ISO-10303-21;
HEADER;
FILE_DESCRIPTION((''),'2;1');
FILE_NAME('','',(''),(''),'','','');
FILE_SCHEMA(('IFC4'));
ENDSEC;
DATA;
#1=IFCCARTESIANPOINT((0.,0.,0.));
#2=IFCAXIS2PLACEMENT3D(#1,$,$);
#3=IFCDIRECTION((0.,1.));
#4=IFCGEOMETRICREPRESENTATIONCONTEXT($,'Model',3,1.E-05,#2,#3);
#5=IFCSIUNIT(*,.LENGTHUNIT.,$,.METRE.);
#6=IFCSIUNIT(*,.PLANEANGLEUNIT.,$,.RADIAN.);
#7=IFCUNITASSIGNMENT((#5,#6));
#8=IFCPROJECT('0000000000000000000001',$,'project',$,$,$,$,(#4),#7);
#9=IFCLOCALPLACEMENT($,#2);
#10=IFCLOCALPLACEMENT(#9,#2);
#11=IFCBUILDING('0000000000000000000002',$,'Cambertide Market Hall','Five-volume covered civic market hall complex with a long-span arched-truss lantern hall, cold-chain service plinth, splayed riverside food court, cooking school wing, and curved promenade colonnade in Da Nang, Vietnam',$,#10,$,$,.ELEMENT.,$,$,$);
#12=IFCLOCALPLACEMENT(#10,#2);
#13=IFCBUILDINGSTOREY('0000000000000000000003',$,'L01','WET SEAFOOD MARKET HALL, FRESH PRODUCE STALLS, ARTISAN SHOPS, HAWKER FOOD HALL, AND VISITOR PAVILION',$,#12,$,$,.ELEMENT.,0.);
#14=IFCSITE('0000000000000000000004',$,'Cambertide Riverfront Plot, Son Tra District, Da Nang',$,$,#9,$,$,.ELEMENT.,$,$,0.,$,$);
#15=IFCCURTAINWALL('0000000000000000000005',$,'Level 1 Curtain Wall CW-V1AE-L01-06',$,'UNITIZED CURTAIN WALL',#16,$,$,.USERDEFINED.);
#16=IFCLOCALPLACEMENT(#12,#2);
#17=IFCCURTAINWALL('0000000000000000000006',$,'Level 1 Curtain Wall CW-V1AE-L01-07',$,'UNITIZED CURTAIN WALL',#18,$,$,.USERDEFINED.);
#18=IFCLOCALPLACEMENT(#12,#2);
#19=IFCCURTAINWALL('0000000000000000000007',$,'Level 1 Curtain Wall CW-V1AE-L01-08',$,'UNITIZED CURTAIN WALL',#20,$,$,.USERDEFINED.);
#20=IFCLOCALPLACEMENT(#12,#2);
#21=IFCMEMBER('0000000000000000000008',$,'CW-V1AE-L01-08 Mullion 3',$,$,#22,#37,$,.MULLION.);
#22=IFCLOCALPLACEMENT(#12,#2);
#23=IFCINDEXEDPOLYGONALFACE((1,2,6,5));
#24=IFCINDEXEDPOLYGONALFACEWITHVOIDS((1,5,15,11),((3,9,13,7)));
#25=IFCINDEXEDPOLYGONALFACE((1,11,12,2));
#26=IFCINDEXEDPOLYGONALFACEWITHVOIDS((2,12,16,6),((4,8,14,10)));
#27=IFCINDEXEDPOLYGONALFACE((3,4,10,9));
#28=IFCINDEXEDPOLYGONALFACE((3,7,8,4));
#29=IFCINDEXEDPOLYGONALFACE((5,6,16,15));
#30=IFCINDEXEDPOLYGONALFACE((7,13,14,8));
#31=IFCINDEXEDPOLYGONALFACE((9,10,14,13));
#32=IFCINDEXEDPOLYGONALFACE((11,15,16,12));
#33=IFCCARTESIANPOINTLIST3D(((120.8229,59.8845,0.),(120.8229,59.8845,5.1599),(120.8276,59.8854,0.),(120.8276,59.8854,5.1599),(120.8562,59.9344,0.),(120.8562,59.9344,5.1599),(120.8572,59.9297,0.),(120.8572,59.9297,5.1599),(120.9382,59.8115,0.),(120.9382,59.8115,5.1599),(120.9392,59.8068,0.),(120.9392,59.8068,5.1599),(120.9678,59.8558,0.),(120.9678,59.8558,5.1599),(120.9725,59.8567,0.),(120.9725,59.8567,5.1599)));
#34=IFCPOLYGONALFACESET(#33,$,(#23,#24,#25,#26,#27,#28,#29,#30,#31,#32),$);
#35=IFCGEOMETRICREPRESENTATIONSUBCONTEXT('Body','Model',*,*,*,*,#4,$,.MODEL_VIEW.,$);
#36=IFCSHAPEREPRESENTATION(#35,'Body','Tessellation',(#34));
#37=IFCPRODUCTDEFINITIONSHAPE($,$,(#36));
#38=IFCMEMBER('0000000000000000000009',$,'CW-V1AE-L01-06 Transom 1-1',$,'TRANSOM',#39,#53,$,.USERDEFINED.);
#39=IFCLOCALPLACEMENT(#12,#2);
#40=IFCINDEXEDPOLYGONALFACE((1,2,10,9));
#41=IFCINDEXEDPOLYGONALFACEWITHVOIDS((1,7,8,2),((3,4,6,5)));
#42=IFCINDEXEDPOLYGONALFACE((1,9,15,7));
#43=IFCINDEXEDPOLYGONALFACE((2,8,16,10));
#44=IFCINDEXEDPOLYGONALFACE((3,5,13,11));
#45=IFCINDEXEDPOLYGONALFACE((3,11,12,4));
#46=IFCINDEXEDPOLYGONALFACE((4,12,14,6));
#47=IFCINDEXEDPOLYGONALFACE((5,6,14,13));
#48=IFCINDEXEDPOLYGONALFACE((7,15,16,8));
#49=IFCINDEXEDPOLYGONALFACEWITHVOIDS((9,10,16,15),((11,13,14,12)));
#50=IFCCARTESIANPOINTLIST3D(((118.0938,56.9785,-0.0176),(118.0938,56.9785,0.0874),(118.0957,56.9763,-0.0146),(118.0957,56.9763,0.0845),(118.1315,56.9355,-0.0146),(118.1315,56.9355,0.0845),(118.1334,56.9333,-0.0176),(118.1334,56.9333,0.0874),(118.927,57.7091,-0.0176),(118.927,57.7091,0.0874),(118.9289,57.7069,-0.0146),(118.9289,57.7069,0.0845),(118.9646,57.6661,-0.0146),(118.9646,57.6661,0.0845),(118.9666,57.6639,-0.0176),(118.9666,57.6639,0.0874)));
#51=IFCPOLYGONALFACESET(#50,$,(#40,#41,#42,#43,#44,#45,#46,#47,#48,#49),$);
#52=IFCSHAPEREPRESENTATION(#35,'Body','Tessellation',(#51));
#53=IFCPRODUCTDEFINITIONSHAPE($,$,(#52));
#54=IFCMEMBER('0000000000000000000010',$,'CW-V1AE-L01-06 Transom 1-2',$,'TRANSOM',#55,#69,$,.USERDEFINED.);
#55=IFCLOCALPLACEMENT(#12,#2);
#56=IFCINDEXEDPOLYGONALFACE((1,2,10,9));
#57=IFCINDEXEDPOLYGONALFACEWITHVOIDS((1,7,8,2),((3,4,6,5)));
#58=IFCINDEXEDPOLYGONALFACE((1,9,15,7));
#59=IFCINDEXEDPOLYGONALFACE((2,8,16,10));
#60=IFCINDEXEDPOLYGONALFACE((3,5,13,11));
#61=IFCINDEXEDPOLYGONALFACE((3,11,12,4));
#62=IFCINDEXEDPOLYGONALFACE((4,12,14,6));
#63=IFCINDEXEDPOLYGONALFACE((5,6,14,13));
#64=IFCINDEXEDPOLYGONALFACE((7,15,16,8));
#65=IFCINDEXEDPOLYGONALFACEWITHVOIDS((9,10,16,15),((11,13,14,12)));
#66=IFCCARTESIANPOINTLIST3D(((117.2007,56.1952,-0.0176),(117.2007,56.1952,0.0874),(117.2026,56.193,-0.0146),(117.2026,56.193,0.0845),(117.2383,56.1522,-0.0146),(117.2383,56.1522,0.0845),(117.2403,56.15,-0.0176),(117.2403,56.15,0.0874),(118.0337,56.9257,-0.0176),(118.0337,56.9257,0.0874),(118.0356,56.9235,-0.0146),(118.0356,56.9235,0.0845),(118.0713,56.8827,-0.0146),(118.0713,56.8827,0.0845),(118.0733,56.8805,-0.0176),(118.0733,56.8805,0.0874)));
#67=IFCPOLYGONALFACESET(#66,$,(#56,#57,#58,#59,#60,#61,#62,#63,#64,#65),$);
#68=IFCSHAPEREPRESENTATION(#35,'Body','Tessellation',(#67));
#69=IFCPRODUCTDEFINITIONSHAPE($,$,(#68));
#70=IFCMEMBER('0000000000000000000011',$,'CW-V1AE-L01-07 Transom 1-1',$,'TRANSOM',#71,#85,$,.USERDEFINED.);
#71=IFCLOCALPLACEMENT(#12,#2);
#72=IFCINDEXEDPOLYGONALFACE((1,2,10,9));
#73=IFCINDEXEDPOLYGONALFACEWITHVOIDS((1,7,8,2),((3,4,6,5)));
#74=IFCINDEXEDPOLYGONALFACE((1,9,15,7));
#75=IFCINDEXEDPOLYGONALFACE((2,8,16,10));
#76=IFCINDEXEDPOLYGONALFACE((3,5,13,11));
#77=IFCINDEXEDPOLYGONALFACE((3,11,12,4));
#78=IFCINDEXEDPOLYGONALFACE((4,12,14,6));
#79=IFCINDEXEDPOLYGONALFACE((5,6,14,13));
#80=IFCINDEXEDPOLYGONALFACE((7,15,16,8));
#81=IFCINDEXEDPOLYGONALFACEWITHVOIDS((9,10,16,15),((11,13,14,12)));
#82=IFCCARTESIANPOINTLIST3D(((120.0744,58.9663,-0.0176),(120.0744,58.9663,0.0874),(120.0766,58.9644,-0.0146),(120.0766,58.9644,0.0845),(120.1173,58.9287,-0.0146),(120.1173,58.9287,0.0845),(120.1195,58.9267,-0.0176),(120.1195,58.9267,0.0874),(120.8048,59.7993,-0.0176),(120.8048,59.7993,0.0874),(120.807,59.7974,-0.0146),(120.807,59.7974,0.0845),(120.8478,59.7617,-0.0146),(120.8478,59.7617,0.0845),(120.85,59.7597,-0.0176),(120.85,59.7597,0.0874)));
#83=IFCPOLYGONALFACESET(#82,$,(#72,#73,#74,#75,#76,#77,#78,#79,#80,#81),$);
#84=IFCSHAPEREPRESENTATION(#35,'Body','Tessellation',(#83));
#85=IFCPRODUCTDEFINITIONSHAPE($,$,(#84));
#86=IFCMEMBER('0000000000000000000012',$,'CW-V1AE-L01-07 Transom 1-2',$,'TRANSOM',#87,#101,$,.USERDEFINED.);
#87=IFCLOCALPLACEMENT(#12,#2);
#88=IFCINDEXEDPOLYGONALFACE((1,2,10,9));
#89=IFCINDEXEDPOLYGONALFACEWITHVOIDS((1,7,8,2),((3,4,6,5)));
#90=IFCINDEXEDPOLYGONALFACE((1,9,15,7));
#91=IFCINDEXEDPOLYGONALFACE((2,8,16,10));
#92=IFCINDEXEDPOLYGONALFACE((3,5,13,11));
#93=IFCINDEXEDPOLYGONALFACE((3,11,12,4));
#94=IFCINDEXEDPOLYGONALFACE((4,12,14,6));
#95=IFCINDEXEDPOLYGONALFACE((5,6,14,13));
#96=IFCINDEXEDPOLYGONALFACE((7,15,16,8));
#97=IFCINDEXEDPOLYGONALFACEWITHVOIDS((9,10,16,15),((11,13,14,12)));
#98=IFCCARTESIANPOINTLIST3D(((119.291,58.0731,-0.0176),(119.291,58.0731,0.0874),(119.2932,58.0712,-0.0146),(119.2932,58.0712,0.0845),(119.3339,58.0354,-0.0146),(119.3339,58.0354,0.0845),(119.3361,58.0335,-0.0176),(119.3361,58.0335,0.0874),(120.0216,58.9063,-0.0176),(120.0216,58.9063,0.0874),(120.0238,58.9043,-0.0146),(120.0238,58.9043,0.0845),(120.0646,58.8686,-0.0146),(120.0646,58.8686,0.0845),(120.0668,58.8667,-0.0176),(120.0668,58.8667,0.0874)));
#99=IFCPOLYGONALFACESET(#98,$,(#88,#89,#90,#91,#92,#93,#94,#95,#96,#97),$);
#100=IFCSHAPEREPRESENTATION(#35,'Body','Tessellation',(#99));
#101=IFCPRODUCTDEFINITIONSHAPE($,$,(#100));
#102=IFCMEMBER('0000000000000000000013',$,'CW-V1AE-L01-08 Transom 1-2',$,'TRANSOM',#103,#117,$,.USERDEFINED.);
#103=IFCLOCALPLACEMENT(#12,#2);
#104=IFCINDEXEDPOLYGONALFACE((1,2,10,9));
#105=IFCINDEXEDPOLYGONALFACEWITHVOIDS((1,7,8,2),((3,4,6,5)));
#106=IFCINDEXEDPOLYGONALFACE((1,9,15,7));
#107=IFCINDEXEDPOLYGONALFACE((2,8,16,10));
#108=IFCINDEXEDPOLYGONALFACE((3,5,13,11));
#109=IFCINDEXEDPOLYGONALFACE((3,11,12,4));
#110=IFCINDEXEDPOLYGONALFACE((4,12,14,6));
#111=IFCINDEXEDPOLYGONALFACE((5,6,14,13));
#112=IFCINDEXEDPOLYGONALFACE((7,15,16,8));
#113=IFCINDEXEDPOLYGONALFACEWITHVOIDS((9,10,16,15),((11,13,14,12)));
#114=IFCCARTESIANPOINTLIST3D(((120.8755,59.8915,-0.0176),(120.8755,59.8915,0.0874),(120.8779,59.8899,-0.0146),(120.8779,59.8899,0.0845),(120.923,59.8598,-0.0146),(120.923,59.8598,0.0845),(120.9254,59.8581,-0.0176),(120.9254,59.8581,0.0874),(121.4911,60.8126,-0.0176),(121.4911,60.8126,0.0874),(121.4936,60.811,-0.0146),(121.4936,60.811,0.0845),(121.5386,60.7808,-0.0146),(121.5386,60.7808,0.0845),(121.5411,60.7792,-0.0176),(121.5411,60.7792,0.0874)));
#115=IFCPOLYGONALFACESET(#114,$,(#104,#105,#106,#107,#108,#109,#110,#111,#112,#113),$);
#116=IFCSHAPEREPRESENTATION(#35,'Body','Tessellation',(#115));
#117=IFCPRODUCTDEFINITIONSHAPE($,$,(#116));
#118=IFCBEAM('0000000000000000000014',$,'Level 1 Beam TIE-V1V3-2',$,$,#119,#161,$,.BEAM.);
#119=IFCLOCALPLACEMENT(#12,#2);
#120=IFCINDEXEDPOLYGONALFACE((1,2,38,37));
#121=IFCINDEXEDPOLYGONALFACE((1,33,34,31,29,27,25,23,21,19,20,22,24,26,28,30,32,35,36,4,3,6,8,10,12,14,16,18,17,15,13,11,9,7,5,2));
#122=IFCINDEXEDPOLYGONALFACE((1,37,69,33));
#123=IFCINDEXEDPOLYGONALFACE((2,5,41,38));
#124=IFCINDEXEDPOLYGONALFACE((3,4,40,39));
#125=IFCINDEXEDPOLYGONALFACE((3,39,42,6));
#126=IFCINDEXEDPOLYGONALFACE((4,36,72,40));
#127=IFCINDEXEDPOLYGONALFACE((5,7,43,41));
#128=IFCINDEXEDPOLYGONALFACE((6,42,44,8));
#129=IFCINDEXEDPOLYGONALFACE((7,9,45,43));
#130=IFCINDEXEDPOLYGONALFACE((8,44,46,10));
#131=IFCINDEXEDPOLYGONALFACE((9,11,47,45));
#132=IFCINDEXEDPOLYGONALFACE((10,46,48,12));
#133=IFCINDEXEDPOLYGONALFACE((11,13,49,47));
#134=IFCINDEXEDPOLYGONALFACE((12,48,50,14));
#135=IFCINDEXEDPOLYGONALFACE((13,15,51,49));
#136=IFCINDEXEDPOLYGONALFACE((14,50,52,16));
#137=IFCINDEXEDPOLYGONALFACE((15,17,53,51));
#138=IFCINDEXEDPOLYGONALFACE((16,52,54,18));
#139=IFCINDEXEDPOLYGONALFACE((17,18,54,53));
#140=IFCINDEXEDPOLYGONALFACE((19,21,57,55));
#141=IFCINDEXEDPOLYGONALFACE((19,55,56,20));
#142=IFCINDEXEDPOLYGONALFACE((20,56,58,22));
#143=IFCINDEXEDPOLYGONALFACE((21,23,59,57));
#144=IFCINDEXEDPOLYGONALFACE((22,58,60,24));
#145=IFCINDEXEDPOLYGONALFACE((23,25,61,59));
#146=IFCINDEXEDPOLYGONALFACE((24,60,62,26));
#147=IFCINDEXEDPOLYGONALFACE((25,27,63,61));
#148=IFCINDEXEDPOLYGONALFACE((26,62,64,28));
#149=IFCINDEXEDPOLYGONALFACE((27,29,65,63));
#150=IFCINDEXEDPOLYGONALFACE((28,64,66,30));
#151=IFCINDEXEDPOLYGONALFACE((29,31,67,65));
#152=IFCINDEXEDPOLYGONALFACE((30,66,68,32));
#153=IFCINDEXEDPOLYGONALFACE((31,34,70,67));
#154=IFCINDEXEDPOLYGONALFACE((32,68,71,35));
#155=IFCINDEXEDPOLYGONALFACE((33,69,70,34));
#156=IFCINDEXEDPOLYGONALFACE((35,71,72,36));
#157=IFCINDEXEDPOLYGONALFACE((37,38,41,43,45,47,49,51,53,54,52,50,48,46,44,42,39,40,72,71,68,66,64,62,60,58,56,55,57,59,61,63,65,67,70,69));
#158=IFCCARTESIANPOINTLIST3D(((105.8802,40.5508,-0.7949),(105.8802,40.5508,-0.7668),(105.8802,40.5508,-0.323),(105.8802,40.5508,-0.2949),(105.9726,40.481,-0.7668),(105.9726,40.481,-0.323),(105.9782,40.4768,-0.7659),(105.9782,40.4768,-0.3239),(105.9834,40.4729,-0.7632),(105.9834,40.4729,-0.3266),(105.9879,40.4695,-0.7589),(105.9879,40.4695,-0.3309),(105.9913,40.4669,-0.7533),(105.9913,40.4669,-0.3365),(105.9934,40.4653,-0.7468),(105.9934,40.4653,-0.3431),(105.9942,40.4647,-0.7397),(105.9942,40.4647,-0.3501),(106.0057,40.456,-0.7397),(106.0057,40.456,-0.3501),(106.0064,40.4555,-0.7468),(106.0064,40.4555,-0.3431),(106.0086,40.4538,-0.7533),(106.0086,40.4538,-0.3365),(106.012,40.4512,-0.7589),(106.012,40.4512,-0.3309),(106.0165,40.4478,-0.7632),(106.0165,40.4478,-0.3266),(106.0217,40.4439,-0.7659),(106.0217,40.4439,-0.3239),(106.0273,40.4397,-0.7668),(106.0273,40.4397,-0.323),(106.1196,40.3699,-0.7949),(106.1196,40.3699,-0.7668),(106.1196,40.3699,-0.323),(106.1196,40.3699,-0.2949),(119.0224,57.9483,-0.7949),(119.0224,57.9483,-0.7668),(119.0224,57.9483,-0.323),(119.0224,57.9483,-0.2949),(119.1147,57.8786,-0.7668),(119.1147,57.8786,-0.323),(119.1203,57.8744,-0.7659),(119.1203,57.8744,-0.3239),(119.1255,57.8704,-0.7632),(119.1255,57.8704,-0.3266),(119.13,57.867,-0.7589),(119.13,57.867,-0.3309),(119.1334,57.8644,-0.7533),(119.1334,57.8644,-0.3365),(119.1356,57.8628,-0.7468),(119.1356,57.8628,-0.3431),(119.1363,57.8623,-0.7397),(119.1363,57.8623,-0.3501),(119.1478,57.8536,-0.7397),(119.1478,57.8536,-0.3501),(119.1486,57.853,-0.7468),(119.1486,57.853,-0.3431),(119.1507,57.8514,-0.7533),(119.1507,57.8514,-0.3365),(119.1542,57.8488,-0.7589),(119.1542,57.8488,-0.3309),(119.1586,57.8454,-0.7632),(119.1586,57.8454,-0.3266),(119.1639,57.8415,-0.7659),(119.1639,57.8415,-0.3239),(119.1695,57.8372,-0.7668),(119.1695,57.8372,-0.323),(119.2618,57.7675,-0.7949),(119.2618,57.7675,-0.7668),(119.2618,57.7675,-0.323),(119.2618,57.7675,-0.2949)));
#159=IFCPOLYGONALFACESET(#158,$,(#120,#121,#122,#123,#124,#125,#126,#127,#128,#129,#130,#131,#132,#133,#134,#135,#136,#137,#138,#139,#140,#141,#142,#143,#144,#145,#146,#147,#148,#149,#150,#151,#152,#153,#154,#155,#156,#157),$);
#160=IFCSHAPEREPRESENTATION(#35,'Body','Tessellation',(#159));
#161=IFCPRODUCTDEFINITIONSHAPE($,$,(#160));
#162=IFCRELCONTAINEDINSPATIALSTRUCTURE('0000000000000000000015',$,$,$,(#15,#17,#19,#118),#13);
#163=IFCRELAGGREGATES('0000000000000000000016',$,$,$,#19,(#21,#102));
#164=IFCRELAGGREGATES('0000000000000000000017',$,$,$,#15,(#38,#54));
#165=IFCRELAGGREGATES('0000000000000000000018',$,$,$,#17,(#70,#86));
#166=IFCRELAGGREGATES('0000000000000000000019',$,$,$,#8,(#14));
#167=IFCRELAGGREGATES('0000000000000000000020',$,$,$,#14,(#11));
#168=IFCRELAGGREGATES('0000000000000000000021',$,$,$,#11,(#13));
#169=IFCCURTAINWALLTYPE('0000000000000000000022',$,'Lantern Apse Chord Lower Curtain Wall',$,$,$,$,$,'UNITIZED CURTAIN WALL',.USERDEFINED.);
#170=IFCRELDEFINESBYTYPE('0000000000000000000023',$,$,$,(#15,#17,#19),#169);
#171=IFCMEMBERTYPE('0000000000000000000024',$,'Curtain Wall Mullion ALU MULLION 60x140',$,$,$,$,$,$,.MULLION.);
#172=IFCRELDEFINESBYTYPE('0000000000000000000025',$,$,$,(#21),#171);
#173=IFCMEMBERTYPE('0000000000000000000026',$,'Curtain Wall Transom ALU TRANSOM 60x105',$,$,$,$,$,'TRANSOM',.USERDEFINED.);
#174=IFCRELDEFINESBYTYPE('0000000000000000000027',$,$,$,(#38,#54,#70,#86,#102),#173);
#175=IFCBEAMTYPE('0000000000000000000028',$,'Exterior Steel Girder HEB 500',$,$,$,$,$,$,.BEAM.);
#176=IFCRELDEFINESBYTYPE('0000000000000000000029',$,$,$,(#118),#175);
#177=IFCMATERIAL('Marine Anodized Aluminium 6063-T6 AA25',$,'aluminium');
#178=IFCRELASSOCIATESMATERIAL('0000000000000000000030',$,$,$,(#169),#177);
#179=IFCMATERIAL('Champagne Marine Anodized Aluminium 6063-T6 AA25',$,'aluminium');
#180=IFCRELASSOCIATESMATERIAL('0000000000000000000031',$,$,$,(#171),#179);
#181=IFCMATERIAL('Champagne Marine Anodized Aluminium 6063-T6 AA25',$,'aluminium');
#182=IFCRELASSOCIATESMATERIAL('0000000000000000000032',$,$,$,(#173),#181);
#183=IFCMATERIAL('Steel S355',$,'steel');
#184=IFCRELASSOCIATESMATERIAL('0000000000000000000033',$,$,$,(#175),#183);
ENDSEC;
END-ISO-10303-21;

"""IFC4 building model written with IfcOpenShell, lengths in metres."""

from ifc_helpers import new_model, si_unit, direction, frame, origin, origin_2d, place, context, subcontext, project, spatial, hollow_rectangle, i_section, extrude, material, material_profile, profile_set, type_object, element, aggregate, save


model = new_model("IFC4")

# Units and contexts
model_context = context("Model", 3, precision=1e-05, world=origin(), true_north=direction((0.0, 1.0)))
body_context = subcontext(model_context, "Body", "Model", "MODEL_VIEW")
ifc_project = project(units=[si_unit("LENGTHUNIT", "METRE"), si_unit("PLANEANGLEUNIT", "RADIAN")], contexts=[model_context])

# Site, building, storey
site_placement = place(None, origin())
site = spatial("IfcSite", under=ifc_project, at=site_placement, Name="Cambertide Riverfront Plot, Son Tra District, Da Nang", CompositionType="ELEMENT", RefElevation=0.0)
building_placement = place(site_placement, origin())
building = spatial("IfcBuilding", under=site, at=building_placement, Name="Cambertide Market Hall", Description="Five-volume covered civic market hall complex with a long-span arched-truss lantern hall, cold-chain service plinth, splayed riverside food court, cooking school wing, and curved promenade colonnade in Da Nang, Vietnam", CompositionType="ELEMENT")
storey_placement = place(building_placement, origin())
storey = spatial("IfcBuildingStorey", under=building, at=storey_placement, Name="L01", Description="WET SEAFOOD MARKET HALL, FRESH PRODUCE STALLS, ARTISAN SHOPS, HAWKER FOOD HALL, AND VISITOR PAVILION", CompositionType="ELEMENT", Elevation=0.0)

# Shared definitions
ifc_material_1 = material(Name="Marine Anodized Aluminium 6063-T6 AA25", Category="aluminium")
curtain_wall_type = type_object("IfcCurtainWallType", Name="Lantern Apse Chord Lower Curtain Wall", ElementType="UNITIZED CURTAIN WALL", PredefinedType="USERDEFINED", material=ifc_material_1)
ifc_material_2 = material(Name="Champagne Marine Anodized Aluminium 6063-T6 AA25", Category="aluminium")
ifc_material_profile_1 = material_profile(ifc_material_2, hollow_rectangle(XDim=0.0601, YDim=0.1399, WallThickness=0.0034, at=origin_2d()), Name="ALU MULLION 60x140")
ifc_profile_set_1 = profile_set([ifc_material_profile_1], Name="Champagne Marine Anodized Aluminium 6063-T6 AA25")
member_type_1 = type_object("IfcMemberType", Name="Curtain Wall Mullion ALU MULLION 60x140", PredefinedType="MULLION", material=ifc_profile_set_1)

# Curtain walls, member
curtain_wall_1_placement = place(storey_placement, origin())
curtain_wall_1 = element("IfcCurtainWall", 1, at=curtain_wall_1_placement, inside=storey, type_object=curtain_wall_type, Name="Level 1 Curtain Wall CW-V1AE-L01-06", ObjectType="UNITIZED CURTAIN WALL", PredefinedType="USERDEFINED")
curtain_wall_2_placement = place(storey_placement, origin())
curtain_wall_2 = element("IfcCurtainWall", 2, at=curtain_wall_2_placement, inside=storey, type_object=curtain_wall_type, Name="Level 1 Curtain Wall CW-V1AE-L01-07", ObjectType="UNITIZED CURTAIN WALL", PredefinedType="USERDEFINED")
curtain_wall_3_placement = place(storey_placement, origin())
curtain_wall_3 = element("IfcCurtainWall", 3, at=curtain_wall_3_placement, inside=storey, type_object=curtain_wall_type, Name="Level 1 Curtain Wall CW-V1AE-L01-08", ObjectType="UNITIZED CURTAIN WALL", PredefinedType="USERDEFINED")
member_1_placement = place(storey_placement, frame((120.8977, 59.8706, 0.0), z_axis=(0.0, 0.0, 1.0), x_axis=(-0.55557, -0.83147, 0.0)))
member_1 = element("IfcMember", 4, at=member_1_placement, type_object=member_type_1, Name="CW-V1AE-L01-08 Mullion 3", PredefinedType="MULLION", context=body_context, shape_type="SweptSolid", body=[
    extrude(hollow_rectangle(XDim=0.0601, YDim=0.1399, WallThickness=0.0034, at=origin_2d()), origin(), (0.0, 0.0, 1.0), 5.1599),
])

# Members
ifc_material_3 = material(Name="Champagne Marine Anodized Aluminium 6063-T6 AA25", Category="aluminium")
ifc_material_profile_2 = material_profile(ifc_material_3, hollow_rectangle(XDim=0.0601, YDim=0.105, WallThickness=0.0029, at=origin_2d()), Name="ALU TRANSOM 60x105")
ifc_profile_set_2 = profile_set([ifc_material_profile_2], Name="Champagne Marine Anodized Aluminium 6063-T6 AA25")
member_type_2 = type_object("IfcMemberType", Name="Curtain Wall Transom ALU TRANSOM 60x105", ElementType="TRANSOM", PredefinedType="USERDEFINED", material=ifc_profile_set_2)
member_2_placement = place(storey_placement, frame((118.9468, 57.6865, 0.0349), z_axis=(-0.751853, -0.659331, 0.0), x_axis=(0.659331, -0.751853, 0.0)))
member_2 = element("IfcMember", 5, at=member_2_placement, type_object=member_type_2, Name="CW-V1AE-L01-06 Transom 1-1", ObjectType="TRANSOM", PredefinedType="USERDEFINED", context=body_context, shape_type="SweptSolid", body=[
    extrude(hollow_rectangle(XDim=0.0601, YDim=0.105, WallThickness=0.0029, at=origin_2d()), origin(), (0.0, 0.0, 1.0), 1.1082),
])
member_3_placement = place(storey_placement, frame((118.0535, 56.9031, 0.0349), z_axis=(-0.751866, -0.659315, 0.0), x_axis=(0.659315, -0.751866, 0.0)))
member_3 = element("IfcMember", 6, at=member_3_placement, type_object=member_type_2, Name="CW-V1AE-L01-06 Transom 1-2", ObjectType="TRANSOM", PredefinedType="USERDEFINED", context=body_context, shape_type="SweptSolid", body=[
    extrude(hollow_rectangle(XDim=0.0601, YDim=0.105, WallThickness=0.0029, at=origin_2d()), origin(), (0.0, 0.0, 1.0), 1.1079),
])
member_4_placement = place(storey_placement, frame((120.8274, 59.7795, 0.0349), z_axis=(-0.659315, -0.751866, 0.0), x_axis=(0.751866, -0.659315, 0.0)))
member_4 = element("IfcMember", 7, at=member_4_placement, type_object=member_type_2, Name="CW-V1AE-L01-07 Transom 1-1", ObjectType="TRANSOM", PredefinedType="USERDEFINED", context=body_context, shape_type="SweptSolid", body=[
    extrude(hollow_rectangle(XDim=0.0601, YDim=0.105, WallThickness=0.0029, at=origin_2d()), origin(), (0.0, 0.0, 1.0), 1.1079),
])
member_5_placement = place(storey_placement, frame((120.0442, 58.8865, 0.0349), z_axis=(-0.659331, -0.751853, 0.0), x_axis=(0.751853, -0.659331, 0.0)))
member_5 = element("IfcMember", 8, at=member_5_placement, type_object=member_type_2, Name="CW-V1AE-L01-07 Transom 1-2", ObjectType="TRANSOM", PredefinedType="USERDEFINED", context=body_context, shape_type="SweptSolid", body=[
    extrude(hollow_rectangle(XDim=0.0601, YDim=0.105, WallThickness=0.0029, at=origin_2d()), origin(), (0.0, 0.0, 1.0), 1.1082),
])
member_6_placement = place(storey_placement, frame((121.5161, 60.7959, 0.0349), z_axis=(-0.555717, -0.831372, 0.0), x_axis=(0.831372, -0.555717, 0.0)))
member_6 = element("IfcMember", 9, at=member_6_placement, type_object=member_type_2, Name="CW-V1AE-L01-08 Transom 1-2", ObjectType="TRANSOM", PredefinedType="USERDEFINED", context=body_context, shape_type="SweptSolid", body=[
    extrude(hollow_rectangle(XDim=0.0601, YDim=0.105, WallThickness=0.0029, at=origin_2d()), origin(), (0.0, 0.0, 1.0), 1.1079),
])
aggregate(curtain_wall_3, [member_1, member_6])

# Beam
ifc_material_4 = material(Name="Steel S355", Category="steel")
ifc_material_profile_3 = material_profile(ifc_material_4, i_section(OverallWidth=0.3, OverallDepth=0.5, WebThickness=0.0144, FlangeThickness=0.0281, FilletRadius=0.0271, at=origin_2d()), Name="HEB 500")
ifc_profile_set_3 = profile_set([ifc_material_profile_3], Name="Steel S355")
beam_type_1 = type_object("IfcBeamType", Name="Exterior Steel Girder HEB 500", PredefinedType="BEAM", material=ifc_profile_set_3)
beam_1_placement = place(storey_placement, frame((119.1421, 57.8579, -0.5449), z_axis=(-0.602755, -0.797926, 0.0), x_axis=(0.797926, -0.602755, 0.0)))
element("IfcBeam", 10, at=beam_1_placement, inside=storey, type_object=beam_type_1, Name="Level 1 Beam TIE-V1V3-2", PredefinedType="BEAM", context=body_context, shape_type="SweptSolid", body=[
    extrude(i_section(OverallWidth=0.3, OverallDepth=0.5, WebThickness=0.0144, FlangeThickness=0.0281, FilletRadius=0.0271, at=origin_2d()), origin(), (0.0, 0.0, 1.0), 21.8035),
])

aggregate(curtain_wall_1, [member_2, member_3])
aggregate(curtain_wall_2, [member_4, member_5])

save(model, "model.ifc")
